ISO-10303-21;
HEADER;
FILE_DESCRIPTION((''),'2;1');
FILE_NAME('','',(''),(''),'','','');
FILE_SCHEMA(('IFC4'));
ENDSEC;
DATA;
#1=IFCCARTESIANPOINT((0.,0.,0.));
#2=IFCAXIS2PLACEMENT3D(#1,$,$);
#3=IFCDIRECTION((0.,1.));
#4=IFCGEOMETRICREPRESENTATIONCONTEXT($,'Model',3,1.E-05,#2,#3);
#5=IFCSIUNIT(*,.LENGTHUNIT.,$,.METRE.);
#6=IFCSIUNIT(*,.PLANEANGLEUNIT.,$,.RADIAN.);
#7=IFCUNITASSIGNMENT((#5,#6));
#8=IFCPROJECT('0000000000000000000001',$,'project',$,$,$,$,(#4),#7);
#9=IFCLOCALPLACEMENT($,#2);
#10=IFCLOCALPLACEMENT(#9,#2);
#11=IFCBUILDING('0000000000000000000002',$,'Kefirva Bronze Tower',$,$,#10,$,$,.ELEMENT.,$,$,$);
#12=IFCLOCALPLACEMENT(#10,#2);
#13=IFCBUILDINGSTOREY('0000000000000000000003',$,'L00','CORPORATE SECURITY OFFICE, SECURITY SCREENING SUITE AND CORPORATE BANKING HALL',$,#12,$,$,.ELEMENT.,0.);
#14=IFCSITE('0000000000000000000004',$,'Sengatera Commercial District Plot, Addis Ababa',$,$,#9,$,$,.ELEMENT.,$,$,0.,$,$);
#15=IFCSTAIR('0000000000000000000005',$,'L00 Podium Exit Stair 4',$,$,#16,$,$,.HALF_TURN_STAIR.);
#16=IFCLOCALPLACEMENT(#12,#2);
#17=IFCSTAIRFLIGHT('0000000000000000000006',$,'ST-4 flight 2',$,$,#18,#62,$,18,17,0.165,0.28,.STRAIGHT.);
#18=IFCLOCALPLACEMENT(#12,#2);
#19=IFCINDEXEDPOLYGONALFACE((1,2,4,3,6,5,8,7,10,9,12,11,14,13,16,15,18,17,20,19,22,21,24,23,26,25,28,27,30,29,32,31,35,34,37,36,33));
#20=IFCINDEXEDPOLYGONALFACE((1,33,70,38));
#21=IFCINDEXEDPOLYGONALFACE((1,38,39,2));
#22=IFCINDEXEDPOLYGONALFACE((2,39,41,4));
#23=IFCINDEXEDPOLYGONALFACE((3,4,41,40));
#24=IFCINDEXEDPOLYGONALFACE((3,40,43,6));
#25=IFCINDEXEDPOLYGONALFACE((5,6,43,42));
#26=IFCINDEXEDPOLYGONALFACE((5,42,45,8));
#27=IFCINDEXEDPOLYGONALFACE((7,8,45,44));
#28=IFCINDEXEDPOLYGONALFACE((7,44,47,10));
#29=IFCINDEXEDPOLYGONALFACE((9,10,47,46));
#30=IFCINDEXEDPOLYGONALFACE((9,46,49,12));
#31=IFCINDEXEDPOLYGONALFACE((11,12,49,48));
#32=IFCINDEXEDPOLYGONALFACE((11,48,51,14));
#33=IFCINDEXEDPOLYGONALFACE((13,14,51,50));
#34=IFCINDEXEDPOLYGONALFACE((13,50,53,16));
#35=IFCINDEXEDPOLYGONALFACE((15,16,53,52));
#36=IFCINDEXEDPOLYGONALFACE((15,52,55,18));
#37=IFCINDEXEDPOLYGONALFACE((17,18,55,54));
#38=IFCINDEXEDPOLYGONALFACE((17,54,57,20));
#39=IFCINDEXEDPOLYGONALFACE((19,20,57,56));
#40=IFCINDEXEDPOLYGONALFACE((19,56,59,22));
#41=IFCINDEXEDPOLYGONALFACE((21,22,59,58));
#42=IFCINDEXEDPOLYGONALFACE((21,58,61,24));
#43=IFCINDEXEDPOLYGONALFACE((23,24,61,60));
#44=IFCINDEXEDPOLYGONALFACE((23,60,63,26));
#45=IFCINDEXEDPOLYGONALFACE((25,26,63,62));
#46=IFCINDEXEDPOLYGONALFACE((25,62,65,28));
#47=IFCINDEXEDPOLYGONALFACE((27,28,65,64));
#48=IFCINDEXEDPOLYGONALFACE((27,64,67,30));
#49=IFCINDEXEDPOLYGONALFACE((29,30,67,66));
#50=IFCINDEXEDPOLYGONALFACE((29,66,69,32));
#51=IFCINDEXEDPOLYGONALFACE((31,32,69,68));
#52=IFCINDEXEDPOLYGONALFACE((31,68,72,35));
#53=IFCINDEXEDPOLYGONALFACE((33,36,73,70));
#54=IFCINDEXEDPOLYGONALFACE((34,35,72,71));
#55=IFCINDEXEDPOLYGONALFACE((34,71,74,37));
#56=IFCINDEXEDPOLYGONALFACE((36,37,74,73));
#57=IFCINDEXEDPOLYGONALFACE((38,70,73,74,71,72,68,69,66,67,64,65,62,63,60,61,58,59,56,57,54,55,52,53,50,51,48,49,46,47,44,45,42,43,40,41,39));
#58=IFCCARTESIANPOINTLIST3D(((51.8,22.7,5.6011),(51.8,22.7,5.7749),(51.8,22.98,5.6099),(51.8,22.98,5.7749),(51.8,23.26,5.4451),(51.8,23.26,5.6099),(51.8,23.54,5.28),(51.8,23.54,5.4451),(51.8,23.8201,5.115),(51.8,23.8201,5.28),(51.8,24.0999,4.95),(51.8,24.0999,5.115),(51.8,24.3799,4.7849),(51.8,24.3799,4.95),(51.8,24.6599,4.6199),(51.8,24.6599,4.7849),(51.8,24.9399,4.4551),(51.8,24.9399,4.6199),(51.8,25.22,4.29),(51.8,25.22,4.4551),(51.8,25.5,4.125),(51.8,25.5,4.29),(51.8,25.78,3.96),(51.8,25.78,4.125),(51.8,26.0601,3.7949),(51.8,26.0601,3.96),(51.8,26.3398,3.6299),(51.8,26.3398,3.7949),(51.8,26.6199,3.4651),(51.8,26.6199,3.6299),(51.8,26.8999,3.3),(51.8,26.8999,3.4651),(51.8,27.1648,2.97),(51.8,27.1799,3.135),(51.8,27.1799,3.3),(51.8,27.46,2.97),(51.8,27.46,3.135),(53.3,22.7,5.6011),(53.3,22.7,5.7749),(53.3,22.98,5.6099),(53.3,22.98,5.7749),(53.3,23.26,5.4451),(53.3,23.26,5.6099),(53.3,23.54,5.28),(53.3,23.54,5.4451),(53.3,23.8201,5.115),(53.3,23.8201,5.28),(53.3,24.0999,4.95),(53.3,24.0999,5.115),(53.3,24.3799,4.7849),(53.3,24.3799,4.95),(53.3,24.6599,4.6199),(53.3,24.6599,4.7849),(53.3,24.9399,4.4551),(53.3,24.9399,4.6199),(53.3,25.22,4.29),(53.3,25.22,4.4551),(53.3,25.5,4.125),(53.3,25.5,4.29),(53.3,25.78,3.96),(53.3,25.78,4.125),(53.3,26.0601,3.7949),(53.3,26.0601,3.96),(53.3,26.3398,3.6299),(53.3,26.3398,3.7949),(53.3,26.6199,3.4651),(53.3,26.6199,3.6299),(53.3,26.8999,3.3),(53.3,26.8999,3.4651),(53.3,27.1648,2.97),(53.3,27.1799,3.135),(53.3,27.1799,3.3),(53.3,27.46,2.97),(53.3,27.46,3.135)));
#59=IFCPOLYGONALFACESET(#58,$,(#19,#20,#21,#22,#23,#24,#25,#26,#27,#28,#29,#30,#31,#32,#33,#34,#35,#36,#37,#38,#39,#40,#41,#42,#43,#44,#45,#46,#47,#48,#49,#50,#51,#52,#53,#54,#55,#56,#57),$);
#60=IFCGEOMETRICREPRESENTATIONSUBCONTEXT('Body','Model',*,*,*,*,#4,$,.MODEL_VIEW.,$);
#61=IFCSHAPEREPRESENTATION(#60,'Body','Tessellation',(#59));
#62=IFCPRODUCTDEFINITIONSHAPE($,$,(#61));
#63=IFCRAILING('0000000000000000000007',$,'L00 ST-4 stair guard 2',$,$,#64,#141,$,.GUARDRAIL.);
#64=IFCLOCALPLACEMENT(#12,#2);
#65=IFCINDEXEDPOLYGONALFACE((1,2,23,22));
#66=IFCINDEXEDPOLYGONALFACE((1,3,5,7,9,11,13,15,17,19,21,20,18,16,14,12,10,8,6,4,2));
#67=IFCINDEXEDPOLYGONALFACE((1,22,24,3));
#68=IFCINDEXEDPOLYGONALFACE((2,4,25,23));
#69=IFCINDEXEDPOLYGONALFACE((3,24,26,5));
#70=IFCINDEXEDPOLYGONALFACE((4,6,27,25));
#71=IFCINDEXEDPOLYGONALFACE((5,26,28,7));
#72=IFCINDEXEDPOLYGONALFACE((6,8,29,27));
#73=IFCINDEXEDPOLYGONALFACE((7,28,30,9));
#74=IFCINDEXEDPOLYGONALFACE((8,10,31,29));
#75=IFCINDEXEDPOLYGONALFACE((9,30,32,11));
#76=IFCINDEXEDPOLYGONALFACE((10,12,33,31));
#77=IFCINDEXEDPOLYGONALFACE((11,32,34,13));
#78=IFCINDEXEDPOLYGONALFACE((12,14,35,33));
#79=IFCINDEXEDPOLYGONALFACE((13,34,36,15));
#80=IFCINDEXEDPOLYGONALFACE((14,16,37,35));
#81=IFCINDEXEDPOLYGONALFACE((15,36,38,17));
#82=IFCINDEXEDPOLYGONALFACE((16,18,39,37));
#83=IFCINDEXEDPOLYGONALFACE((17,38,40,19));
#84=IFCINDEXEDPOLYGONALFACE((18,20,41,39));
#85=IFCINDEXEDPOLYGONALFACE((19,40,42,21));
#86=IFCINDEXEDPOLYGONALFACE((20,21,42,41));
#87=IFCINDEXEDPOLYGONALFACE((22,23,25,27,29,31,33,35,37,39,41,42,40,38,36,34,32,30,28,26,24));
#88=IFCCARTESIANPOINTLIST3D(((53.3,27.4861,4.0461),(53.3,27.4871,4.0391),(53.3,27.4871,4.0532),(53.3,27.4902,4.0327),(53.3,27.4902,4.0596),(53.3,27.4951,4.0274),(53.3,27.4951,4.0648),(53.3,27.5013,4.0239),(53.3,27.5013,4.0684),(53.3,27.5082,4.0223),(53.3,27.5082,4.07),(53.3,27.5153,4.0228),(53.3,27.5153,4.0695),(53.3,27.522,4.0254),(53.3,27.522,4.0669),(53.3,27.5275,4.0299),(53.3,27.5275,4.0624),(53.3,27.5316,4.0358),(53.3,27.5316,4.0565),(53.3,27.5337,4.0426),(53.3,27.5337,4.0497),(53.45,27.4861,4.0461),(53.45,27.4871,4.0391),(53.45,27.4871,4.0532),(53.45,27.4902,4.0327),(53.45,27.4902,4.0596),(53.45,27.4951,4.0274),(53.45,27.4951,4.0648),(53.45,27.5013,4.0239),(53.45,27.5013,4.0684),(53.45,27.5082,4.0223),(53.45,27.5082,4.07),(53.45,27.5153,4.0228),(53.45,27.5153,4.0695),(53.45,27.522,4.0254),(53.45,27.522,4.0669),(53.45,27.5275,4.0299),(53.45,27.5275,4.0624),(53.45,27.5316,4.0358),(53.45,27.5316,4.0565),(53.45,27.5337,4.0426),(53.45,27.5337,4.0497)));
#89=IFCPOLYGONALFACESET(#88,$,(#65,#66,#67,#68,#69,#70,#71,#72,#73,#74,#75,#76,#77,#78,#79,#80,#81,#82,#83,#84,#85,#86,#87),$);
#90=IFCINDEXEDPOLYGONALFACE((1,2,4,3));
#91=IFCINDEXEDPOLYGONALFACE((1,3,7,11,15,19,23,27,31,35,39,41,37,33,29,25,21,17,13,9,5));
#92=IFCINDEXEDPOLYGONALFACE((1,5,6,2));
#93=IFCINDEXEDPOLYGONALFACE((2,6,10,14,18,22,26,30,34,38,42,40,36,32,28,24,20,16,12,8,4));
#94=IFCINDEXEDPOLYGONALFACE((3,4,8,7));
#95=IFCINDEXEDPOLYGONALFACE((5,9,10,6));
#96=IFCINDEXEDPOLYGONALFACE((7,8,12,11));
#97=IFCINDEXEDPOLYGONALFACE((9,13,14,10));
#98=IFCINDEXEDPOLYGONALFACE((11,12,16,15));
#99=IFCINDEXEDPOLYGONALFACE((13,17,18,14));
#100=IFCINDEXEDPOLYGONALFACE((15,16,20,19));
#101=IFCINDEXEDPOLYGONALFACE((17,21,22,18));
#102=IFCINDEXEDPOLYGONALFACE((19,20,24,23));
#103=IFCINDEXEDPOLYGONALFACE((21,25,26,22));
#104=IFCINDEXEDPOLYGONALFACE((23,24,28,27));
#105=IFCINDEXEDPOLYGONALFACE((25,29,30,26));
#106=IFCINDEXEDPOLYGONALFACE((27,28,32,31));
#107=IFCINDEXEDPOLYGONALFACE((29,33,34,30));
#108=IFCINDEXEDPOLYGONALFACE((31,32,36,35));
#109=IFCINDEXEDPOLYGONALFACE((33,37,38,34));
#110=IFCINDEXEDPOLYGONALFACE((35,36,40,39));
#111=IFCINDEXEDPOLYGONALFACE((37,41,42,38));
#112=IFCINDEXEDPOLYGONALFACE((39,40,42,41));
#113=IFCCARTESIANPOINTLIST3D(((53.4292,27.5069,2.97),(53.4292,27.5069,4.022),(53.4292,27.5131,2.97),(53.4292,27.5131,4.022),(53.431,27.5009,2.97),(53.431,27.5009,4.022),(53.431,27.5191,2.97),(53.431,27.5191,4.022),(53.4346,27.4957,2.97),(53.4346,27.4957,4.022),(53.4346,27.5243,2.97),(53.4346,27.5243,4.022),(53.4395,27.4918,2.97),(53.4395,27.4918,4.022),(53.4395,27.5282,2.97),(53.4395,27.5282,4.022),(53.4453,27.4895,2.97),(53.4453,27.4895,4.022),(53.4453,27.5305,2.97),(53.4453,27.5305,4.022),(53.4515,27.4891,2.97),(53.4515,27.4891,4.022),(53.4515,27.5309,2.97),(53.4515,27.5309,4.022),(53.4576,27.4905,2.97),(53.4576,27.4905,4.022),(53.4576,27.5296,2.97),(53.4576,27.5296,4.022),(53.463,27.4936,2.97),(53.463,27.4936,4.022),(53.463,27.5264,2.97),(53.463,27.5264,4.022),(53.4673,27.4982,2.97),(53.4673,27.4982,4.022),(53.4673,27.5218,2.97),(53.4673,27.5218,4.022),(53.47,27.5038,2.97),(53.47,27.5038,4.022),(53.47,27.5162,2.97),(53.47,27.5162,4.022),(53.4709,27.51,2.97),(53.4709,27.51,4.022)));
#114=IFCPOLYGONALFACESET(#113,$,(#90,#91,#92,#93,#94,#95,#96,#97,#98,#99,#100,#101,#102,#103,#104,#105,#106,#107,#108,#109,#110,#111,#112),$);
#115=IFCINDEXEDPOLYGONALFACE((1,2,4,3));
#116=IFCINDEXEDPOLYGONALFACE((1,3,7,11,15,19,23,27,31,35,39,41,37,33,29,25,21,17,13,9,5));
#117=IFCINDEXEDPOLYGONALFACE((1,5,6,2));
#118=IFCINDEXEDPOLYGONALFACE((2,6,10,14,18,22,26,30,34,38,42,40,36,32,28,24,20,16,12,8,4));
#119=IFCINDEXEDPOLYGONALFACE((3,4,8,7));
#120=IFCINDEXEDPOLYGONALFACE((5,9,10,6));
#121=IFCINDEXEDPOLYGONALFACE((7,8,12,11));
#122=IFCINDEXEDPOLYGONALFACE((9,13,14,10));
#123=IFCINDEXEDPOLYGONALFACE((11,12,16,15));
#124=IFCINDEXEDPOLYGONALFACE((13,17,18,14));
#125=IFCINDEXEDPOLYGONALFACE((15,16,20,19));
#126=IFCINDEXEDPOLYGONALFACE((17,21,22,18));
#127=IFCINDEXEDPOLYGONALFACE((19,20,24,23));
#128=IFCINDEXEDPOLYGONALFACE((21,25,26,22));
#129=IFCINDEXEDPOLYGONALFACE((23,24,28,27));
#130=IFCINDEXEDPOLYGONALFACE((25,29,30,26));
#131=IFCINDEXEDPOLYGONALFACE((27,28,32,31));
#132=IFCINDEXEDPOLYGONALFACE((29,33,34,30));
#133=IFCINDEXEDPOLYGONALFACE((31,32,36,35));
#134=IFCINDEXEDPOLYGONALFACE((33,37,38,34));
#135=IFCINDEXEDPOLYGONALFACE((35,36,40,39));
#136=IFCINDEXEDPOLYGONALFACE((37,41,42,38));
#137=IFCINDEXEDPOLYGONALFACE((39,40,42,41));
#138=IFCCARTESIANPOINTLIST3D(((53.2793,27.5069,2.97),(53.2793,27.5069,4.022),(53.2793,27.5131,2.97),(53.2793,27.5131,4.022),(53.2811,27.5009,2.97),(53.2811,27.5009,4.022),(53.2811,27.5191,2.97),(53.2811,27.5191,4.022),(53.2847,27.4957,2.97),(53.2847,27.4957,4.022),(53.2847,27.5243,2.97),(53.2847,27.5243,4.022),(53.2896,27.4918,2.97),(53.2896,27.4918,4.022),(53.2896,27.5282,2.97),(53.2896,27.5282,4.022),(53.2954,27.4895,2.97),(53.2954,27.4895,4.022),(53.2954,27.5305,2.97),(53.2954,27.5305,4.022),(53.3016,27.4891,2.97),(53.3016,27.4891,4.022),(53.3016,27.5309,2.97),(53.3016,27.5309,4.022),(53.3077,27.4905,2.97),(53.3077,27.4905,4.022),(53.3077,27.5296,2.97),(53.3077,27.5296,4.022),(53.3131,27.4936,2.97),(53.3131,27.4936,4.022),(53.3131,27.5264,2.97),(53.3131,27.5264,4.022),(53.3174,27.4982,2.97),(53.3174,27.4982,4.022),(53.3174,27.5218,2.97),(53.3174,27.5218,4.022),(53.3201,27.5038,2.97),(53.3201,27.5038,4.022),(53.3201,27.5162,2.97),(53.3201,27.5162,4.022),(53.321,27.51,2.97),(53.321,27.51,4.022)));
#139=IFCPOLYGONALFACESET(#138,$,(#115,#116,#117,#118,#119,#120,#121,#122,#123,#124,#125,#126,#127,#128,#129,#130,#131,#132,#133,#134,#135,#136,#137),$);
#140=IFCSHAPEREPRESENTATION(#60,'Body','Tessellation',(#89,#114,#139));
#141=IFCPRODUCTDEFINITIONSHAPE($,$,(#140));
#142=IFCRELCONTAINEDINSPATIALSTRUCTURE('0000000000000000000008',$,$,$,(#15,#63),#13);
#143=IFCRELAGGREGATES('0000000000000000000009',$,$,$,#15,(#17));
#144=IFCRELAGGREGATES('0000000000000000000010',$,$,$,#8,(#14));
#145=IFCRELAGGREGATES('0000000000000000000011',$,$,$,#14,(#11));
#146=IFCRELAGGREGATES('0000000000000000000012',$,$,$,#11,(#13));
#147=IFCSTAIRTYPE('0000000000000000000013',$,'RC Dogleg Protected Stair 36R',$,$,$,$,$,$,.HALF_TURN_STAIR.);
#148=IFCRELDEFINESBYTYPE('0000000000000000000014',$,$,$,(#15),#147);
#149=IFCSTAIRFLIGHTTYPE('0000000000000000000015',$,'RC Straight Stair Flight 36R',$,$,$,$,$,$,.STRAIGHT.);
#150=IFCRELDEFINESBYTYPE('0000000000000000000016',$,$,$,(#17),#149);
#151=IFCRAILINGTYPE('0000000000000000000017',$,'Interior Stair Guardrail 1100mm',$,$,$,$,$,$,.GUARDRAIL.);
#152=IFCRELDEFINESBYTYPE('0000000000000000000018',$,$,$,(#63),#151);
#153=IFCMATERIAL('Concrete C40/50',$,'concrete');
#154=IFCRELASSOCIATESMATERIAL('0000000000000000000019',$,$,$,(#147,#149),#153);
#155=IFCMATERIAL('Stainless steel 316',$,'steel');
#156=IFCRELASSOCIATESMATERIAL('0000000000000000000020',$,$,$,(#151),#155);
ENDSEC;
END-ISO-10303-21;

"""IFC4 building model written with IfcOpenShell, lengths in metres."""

from ifc_helpers import new_model, si_unit, direction, frame, origin, origin_2d, place, context, subcontext, project, spatial, polyline, circle, outline, extrude, material, type_object, element, aggregate, save


model = new_model("IFC4")

# Units and contexts
model_context = context("Model", 3, precision=1e-05, world=origin(), true_north=direction((0.0, 1.0)))
body_context = subcontext(model_context, "Body", "Model", "MODEL_VIEW")
ifc_project = project(units=[si_unit("LENGTHUNIT", "METRE"), si_unit("PLANEANGLEUNIT", "RADIAN")], contexts=[model_context])

# Site, building, storey
site_placement = place(None, origin())
site = spatial("IfcSite", under=ifc_project, at=site_placement, Name="Sengatera Commercial District Plot, Addis Ababa", CompositionType="ELEMENT", RefElevation=0.0)
building_placement = place(site_placement, origin())
building = spatial("IfcBuilding", under=site, at=building_placement, Name="Kefirva Bronze Tower", CompositionType="ELEMENT")
storey_placement = place(building_placement, origin())
storey = spatial("IfcBuildingStorey", under=building, at=storey_placement, Name="L00", Description="CORPORATE SECURITY OFFICE, SECURITY SCREENING SUITE AND CORPORATE BANKING HALL", CompositionType="ELEMENT", Elevation=0.0)

# Stair, stair flight
ifc_material_1 = material(Name="Concrete C40/50", Category="concrete")
stair_type = type_object("IfcStairType", Name="RC Dogleg Protected Stair 36R", PredefinedType="HALF_TURN_STAIR", material=ifc_material_1)
stair_placement = place(storey_placement, origin())
stair = element("IfcStair", 1, at=stair_placement, inside=storey, type_object=stair_type, Name="L00 Podium Exit Stair 4", PredefinedType="HALF_TURN_STAIR")
stair_flight_type = type_object("IfcStairFlightType", Name="RC Straight Stair Flight 36R", PredefinedType="STRAIGHT", material=ifc_material_1)
stair_flight_placement = place(storey_placement, frame((52.55, 27.46, 2.97), z_axis=(0.0, 0.0, 1.0), x_axis=(0.0, -1.0, 0.0)))
stair_flight = element("IfcStairFlight", 2, at=stair_flight_placement, type_object=stair_flight_type, Name="ST-4 flight 2", NumberOfRisers=18, NumberOfTreads=17, PredefinedType="STRAIGHT", RiserHeight=0.165, TreadLength=0.28, context=body_context, shape_type="SweptSolid", body=[
    extrude(outline(polyline([(0.0, 0.0), (0.0, 0.165), (0.28, 0.165), (0.28, 0.3301), (0.5601, 0.3301), (0.5601, 0.4951), (0.8401, 0.4951), (0.8401, 0.6599), (1.1201, 0.6599), (1.1201, 0.825), (1.3999, 0.825), (1.3999, 0.99), (1.6799, 0.99), (1.6799, 1.155), (1.96, 1.155), (1.96, 1.3201), (2.24, 1.3201), (2.24, 1.4851), (2.52, 1.4851), (2.52, 1.6499), (2.8, 1.6499), (2.8, 1.8149), (3.0801, 1.8149), (3.0801, 1.98), (3.3601, 1.98), (3.3601, 2.145), (3.6399, 2.145), (3.6399, 2.3101), (3.9199, 2.3101), (3.9199, 2.4751), (4.2, 2.4751), (4.2, 2.6399), (4.48, 2.6399), (4.48, 2.8049), (4.76, 2.8049), (4.76, 2.97), (4.76, 2.6311), (0.2952, 0.0), (0.0, 0.0)])), frame((0.0, 0.75, 0.0), z_axis=(0.0, -1.0, 0.0), x_axis=(1.0, 0.0, 0.0)), (0.0, 0.0, 1.0), 1.5),
])
aggregate(stair, [stair_flight])

# Railing
ifc_material_2 = material(Name="Stainless steel 316", Category="steel")
railing_type_1 = type_object("IfcRailingType", Name="Interior Stair Guardrail 1100mm", PredefinedType="GUARDRAIL", material=ifc_material_2)
railing_1_placement = place(storey_placement, frame((53.45, 27.51, 2.97)))
element("IfcRailing", 3, at=railing_1_placement, inside=storey, type_object=railing_type_1, Name="L00 ST-4 stair guard 2", PredefinedType="GUARDRAIL", context=body_context, shape_type="SweptSolid", body=[
    extrude(circle(Radius=0.0239, at=origin_2d()), frame((0.0, 0.0, 1.0762), z_axis=(-1.0, 0.0, 0.0), x_axis=(0.0, -1.0, 0.0)), (0.0, 0.0, 1.0), 0.1499),
    extrude(circle(Radius=0.021, at=origin_2d()), origin(), (0.0, 0.0, 1.0), 1.052),
    extrude(circle(Radius=0.021, at=origin_2d()), frame((-0.1499, 0.0, 0.0)), (0.0, 0.0, 1.0), 1.052),
])

save(model, "model.ifc")
